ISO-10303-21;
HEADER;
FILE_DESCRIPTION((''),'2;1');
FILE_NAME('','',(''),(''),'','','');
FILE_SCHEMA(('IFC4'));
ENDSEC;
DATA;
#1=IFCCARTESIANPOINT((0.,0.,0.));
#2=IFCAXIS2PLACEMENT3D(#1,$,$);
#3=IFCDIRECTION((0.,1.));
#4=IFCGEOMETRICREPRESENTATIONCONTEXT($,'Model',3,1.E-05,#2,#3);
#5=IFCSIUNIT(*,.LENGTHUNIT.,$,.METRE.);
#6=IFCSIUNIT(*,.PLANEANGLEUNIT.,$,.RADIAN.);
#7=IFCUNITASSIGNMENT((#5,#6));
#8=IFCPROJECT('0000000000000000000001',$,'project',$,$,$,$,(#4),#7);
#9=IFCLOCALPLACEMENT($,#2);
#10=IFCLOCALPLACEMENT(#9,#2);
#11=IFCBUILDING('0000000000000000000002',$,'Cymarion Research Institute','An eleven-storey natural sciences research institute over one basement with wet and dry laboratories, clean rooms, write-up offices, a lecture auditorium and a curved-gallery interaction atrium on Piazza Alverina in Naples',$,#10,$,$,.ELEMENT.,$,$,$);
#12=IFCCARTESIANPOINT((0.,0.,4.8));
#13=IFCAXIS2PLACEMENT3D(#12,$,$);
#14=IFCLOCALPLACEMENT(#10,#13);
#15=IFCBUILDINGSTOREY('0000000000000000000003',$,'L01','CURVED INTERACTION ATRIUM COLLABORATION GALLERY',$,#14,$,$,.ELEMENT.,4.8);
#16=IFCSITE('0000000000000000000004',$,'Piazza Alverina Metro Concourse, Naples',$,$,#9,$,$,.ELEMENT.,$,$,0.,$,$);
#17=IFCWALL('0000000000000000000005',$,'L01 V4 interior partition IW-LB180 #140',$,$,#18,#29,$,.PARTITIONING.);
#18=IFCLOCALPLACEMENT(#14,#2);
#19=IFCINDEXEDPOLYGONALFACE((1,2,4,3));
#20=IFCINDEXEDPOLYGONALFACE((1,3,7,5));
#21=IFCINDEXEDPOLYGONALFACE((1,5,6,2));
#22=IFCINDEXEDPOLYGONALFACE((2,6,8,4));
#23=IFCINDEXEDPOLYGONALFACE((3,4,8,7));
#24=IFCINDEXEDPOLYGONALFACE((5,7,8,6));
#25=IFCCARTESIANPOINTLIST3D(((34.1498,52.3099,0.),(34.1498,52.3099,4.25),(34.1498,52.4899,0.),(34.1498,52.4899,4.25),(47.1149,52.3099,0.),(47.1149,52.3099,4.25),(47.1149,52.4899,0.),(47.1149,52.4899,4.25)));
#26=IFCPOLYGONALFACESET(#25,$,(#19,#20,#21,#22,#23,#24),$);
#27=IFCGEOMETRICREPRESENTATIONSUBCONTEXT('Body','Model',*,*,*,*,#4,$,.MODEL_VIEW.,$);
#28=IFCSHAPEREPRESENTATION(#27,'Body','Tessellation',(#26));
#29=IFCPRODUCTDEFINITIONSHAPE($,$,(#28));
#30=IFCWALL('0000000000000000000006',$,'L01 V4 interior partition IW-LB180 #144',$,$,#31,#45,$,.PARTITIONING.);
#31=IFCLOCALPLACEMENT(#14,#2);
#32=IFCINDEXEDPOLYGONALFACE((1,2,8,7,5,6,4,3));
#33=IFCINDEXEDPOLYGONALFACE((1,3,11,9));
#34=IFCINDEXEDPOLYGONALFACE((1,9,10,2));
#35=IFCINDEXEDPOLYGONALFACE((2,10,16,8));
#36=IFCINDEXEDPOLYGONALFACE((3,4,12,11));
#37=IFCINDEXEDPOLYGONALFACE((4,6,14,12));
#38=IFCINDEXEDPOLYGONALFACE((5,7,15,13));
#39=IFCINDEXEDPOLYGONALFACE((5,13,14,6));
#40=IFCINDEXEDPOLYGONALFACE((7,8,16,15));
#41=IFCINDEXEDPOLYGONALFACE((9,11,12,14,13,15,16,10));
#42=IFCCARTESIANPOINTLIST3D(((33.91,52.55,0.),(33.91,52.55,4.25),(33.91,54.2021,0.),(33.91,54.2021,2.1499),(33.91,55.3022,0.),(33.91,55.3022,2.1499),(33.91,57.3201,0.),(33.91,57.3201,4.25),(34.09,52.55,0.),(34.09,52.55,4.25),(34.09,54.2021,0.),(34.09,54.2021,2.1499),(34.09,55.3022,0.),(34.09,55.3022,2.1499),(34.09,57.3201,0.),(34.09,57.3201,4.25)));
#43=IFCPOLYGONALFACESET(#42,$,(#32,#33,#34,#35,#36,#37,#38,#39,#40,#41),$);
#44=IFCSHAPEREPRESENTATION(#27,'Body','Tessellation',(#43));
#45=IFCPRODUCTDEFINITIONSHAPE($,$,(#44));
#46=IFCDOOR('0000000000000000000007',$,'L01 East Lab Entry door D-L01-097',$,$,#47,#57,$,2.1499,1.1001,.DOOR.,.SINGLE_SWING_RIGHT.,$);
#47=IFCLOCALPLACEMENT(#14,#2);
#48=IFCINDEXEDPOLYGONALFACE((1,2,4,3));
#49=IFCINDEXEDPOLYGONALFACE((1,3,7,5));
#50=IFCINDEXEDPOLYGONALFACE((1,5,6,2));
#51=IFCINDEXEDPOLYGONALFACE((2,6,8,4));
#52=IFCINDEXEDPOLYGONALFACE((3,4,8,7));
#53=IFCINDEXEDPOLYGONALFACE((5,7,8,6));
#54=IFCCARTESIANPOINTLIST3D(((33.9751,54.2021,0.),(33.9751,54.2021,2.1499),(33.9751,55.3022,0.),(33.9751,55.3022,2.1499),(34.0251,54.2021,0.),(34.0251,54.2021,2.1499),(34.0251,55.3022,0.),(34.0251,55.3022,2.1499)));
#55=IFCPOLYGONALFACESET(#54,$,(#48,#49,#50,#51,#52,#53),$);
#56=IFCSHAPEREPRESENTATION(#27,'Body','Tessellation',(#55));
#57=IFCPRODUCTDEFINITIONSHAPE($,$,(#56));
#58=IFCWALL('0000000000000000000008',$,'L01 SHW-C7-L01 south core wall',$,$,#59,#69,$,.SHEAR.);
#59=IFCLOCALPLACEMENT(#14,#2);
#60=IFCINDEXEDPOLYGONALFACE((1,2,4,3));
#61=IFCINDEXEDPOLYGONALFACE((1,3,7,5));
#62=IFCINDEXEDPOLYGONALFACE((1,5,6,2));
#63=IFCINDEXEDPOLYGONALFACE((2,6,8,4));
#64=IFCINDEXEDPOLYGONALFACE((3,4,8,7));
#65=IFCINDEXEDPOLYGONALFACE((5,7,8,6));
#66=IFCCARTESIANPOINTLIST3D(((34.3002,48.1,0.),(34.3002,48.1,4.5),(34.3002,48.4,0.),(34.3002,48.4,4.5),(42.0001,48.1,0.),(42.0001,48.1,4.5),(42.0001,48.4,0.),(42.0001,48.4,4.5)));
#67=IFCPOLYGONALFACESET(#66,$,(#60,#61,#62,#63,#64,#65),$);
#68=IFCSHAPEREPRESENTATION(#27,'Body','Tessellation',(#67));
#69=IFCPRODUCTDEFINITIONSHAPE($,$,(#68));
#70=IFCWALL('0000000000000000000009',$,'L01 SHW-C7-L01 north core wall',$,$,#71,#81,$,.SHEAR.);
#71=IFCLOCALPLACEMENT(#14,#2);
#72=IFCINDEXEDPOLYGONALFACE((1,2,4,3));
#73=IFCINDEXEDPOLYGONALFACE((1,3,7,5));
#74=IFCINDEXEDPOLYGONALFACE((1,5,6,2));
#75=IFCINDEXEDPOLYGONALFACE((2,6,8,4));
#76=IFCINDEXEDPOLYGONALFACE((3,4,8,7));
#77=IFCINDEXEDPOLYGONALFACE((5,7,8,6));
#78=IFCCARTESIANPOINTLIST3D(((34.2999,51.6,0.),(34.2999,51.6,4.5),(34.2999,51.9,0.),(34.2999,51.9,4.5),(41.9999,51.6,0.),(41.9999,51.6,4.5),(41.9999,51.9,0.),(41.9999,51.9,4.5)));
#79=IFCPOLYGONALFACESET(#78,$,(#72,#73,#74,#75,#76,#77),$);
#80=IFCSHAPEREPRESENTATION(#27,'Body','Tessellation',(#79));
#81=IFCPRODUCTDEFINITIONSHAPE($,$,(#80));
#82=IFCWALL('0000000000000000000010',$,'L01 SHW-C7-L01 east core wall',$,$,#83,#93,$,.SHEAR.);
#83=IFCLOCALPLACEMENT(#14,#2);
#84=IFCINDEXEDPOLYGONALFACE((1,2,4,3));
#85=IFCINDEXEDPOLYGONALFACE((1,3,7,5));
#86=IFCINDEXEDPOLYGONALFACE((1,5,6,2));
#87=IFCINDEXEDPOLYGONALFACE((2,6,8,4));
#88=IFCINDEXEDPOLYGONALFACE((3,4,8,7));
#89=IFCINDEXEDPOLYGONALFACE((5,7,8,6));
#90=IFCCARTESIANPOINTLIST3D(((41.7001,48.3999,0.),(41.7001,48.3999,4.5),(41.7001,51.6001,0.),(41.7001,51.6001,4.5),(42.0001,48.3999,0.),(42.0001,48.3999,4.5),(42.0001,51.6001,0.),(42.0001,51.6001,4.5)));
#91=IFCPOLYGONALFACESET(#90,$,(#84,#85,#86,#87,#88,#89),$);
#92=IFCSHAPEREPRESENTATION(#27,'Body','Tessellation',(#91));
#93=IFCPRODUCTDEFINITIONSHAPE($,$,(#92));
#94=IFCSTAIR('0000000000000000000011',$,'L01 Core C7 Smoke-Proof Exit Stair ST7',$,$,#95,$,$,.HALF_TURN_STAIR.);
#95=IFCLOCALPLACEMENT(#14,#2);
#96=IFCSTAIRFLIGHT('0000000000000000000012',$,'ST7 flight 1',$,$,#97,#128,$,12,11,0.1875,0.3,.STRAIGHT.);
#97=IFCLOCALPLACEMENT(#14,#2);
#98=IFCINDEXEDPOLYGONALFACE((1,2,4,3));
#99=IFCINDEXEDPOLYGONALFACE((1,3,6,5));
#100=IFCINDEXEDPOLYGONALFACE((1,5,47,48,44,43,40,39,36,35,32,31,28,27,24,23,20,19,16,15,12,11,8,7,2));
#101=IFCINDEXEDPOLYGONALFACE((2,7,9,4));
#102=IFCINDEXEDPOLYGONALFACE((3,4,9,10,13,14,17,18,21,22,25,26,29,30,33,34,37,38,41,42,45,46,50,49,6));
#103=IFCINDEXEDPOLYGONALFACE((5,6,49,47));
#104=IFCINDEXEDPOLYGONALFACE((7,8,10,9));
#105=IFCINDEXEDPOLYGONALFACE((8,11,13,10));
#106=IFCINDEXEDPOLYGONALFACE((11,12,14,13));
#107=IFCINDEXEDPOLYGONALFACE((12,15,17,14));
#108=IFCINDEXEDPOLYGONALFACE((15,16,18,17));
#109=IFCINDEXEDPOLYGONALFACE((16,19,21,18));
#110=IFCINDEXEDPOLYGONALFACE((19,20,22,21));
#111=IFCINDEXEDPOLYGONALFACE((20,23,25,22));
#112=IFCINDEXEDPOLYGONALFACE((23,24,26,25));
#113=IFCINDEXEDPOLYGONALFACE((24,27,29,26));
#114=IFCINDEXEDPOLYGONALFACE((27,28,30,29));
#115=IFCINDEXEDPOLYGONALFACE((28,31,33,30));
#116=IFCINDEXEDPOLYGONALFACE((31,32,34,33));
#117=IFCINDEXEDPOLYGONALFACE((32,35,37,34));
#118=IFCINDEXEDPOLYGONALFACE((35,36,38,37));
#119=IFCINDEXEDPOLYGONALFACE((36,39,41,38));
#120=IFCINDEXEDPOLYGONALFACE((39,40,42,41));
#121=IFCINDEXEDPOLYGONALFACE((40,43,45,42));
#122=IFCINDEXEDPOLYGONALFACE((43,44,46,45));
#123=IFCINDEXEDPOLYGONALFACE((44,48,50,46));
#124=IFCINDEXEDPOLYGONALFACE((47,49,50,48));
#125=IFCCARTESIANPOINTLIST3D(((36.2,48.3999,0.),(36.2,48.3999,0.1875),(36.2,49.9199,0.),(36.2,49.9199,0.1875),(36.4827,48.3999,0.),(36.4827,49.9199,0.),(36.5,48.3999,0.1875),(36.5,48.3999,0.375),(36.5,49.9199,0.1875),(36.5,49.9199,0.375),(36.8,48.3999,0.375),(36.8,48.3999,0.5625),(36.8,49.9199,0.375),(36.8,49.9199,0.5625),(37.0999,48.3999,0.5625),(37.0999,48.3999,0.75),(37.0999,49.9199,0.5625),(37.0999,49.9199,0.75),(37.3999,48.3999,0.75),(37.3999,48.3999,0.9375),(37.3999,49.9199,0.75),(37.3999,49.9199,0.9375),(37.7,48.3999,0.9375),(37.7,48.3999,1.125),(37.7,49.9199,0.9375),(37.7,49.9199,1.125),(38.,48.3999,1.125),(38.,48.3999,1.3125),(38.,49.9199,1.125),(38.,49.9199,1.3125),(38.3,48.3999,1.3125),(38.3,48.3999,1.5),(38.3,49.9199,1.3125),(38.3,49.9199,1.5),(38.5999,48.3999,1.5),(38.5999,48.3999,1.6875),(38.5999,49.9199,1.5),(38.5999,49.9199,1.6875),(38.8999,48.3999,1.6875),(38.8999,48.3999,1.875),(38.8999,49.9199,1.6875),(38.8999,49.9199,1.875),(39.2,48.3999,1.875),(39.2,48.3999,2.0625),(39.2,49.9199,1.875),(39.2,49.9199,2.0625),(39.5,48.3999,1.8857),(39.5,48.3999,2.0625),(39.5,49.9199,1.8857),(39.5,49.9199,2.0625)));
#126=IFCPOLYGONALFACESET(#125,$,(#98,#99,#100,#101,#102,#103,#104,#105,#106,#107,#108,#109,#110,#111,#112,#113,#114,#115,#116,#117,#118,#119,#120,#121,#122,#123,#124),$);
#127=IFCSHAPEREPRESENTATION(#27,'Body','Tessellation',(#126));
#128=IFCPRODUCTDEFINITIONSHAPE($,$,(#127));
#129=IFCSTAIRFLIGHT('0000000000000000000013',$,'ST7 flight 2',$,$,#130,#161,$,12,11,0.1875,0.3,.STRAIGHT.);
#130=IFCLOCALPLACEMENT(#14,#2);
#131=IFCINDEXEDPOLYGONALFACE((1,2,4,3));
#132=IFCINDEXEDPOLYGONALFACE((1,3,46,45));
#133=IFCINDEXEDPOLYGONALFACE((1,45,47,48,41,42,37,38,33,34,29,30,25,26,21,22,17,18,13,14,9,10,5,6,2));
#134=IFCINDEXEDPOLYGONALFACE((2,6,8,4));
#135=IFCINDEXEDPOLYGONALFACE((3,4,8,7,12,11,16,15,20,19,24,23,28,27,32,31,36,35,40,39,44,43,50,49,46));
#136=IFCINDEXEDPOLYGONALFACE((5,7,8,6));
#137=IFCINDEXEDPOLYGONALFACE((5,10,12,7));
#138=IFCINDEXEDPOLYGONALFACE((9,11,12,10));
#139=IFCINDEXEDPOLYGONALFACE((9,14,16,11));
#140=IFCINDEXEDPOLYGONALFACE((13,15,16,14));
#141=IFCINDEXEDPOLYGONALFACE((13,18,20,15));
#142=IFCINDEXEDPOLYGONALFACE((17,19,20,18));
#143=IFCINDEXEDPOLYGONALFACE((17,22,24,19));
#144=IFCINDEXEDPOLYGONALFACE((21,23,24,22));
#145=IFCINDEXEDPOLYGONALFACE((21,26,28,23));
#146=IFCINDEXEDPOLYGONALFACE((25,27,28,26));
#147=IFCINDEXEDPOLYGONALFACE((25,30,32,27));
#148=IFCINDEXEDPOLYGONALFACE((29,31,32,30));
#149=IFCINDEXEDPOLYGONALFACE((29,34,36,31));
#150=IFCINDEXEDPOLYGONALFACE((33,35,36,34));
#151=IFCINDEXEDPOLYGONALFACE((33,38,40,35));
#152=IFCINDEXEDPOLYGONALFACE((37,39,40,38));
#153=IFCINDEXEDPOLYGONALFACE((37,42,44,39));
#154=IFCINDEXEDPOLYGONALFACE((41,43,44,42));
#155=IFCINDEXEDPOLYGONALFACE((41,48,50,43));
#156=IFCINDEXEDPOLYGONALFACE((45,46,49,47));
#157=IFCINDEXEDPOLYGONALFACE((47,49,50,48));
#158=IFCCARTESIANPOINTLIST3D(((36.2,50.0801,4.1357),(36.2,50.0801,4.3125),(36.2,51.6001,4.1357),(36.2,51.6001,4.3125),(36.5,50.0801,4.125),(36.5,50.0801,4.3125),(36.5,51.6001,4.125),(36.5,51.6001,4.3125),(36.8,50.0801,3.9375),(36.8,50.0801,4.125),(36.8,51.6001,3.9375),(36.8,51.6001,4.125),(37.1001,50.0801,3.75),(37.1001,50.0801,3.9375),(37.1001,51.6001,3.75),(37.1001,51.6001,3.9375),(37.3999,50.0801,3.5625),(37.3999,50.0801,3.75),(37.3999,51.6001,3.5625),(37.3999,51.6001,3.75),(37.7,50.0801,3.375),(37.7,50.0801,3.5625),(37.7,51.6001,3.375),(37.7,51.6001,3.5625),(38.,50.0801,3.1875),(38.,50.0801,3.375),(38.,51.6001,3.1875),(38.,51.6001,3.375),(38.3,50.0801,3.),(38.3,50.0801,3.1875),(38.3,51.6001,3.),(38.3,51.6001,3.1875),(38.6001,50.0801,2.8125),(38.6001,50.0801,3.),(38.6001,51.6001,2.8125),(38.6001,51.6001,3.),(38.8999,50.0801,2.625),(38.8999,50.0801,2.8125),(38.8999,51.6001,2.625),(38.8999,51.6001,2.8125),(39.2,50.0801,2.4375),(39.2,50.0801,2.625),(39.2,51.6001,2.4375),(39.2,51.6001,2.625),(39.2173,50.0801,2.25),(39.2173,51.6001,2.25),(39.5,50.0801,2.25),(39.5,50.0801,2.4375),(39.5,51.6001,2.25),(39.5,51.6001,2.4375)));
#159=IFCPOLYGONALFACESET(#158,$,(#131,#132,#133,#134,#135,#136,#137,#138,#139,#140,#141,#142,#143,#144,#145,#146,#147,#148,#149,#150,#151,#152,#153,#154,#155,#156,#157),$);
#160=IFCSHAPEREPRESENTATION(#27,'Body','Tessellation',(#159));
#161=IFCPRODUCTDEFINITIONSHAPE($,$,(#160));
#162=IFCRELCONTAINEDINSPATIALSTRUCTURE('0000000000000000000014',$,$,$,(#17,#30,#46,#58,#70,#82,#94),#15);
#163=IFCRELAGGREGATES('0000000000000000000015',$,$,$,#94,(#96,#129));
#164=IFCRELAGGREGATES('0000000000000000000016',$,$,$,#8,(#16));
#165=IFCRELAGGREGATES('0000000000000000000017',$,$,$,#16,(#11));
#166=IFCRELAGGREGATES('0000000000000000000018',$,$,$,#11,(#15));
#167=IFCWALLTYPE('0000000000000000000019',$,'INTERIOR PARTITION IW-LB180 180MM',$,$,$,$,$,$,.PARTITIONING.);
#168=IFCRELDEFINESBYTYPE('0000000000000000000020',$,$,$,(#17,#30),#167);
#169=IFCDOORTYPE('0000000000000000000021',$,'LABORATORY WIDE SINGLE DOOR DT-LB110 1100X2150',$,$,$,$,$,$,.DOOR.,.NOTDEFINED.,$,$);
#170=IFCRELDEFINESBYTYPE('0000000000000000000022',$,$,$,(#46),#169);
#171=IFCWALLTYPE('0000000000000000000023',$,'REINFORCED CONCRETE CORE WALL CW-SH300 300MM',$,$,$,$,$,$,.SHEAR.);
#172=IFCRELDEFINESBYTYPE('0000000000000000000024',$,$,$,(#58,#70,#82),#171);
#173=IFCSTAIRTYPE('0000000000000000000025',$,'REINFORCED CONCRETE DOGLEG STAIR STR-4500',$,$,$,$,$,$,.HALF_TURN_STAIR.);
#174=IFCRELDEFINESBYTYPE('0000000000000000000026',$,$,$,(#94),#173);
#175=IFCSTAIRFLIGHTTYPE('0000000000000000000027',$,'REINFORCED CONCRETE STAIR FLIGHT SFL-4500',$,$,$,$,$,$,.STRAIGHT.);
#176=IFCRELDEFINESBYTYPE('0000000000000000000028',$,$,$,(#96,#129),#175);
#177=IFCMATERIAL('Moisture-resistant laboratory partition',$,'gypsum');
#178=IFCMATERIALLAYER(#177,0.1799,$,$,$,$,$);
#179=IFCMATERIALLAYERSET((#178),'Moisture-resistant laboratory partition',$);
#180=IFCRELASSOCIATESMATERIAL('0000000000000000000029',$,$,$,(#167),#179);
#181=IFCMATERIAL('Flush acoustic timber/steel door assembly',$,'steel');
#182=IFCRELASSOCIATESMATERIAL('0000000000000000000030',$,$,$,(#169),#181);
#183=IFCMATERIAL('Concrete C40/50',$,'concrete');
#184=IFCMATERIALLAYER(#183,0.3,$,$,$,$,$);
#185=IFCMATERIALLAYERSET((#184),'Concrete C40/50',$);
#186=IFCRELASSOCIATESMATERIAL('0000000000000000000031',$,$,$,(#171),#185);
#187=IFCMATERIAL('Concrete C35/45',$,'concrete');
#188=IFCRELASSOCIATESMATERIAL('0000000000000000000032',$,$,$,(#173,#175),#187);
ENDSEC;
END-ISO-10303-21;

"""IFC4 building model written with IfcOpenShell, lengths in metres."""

from ifc_helpers import new_model, si_unit, direction, frame, frame_2d, origin, place, context, subcontext, project, spatial, polyline, rectangle, outline, extrude, material, layer, layer_set, type_object, element, fill, aggregate, save


model = new_model("IFC4")

# Units and contexts
model_context = context("Model", 3, precision=1e-05, world=origin(), true_north=direction((0.0, 1.0)))
body_context = subcontext(model_context, "Body", "Model", "MODEL_VIEW")
ifc_project = project(units=[si_unit("LENGTHUNIT", "METRE"), si_unit("PLANEANGLEUNIT", "RADIAN")], contexts=[model_context])

# Site, building, storey
site_placement = place(None, origin())
site = spatial("IfcSite", under=ifc_project, at=site_placement, Name="Piazza Alverina Metro Concourse, Naples", CompositionType="ELEMENT", RefElevation=0.0)
building_placement = place(site_placement, origin())
building = spatial("IfcBuilding", under=site, at=building_placement, Name="Cymarion Research Institute", Description="An eleven-storey natural sciences research institute over one basement with wet and dry laboratories, clean rooms, write-up offices, a lecture auditorium and a curved-gallery interaction atrium on Piazza Alverina in Naples", CompositionType="ELEMENT")
storey_placement = place(building_placement, frame((0.0, 0.0, 4.8)))
storey = spatial("IfcBuildingStorey", under=building, at=storey_placement, Name="L01", Description="CURVED INTERACTION ATRIUM COLLABORATION GALLERY", CompositionType="ELEMENT", Elevation=4.8)

# Wall
ifc_material_1 = material(Name="Moisture-resistant laboratory partition", Category="gypsum")
ifc_layer_1 = layer(ifc_material_1, 0.1799)
ifc_layer_set_1 = layer_set([ifc_layer_1], Name="Moisture-resistant laboratory partition")
wall_type_1 = type_object("IfcWallType", Name="INTERIOR PARTITION IW-LB180 180MM", PredefinedType="PARTITIONING", material=ifc_layer_set_1)
wall_1_placement = place(storey_placement, frame((34.1499, 52.3999, 0.0), z_axis=(0.0, 0.0, 1.0), x_axis=(1.0, 0.0, 0.0)))
element("IfcWall", 1, at=wall_1_placement, inside=storey, type_object=wall_type_1, Name="L01 V4 interior partition IW-LB180 #140", PredefinedType="PARTITIONING", context=body_context, shape_type="SweptSolid", body=[
    extrude(rectangle(XDim=12.9651, YDim=0.1799, at=frame_2d((6.4824, 0.0))), origin(), (0.0, 0.0, 1.0), 4.25),
])

# Wall, opening, door
wall_2_placement = place(storey_placement, frame((34.0, 52.55, 0.0), z_axis=(0.0, 0.0, 1.0), x_axis=(0.0, 1.0, 0.0)))
wall_2 = element("IfcWall", 2, at=wall_2_placement, inside=storey, type_object=wall_type_1, Name="L01 V4 interior partition IW-LB180 #144", PredefinedType="PARTITIONING", context=body_context, shape_type="SweptSolid", body=[
    extrude(rectangle(XDim=4.77, YDim=0.1799, at=frame_2d((2.385, 0.0))), origin(), (0.0, 0.0, 1.0), 4.25),
])
opening_1_placement = place(wall_2_placement, frame((1.6521, 0.0, 0.0)))
opening_1 = element("IfcOpeningElement", 3, at=opening_1_placement, cuts=wall_2, PredefinedType="OPENING", context=body_context, shape_type="SweptSolid", body=[
    extrude(rectangle(XDim=1.1001, YDim=2.1499, at=frame_2d((0.55, 1.075))), frame((0.0, 0.0999, 0.0), z_axis=(0.0, -1.0, 0.0), x_axis=(1.0, 0.0, 0.0)), (0.0, 0.0, 1.0), 0.2),
])
ifc_material_2 = material(Name="Flush acoustic timber/steel door assembly", Category="steel")
door_type_1 = type_object("IfcDoorType", Name="LABORATORY WIDE SINGLE DOOR DT-LB110 1100X2150", OperationType="NOTDEFINED", PredefinedType="DOOR", material=ifc_material_2)
door_1_placement = place(opening_1_placement, origin())
door_1 = element("IfcDoor", 4, at=door_1_placement, inside=storey, type_object=door_type_1, Name="L01 East Lab Entry door D-L01-097", OperationType="SINGLE_SWING_RIGHT", OverallHeight=2.1499, OverallWidth=1.1001, PredefinedType="DOOR", context=body_context, shape_type="SweptSolid", body=[
    extrude(rectangle(XDim=1.1001, YDim=2.1499, at=frame_2d((0.55, 1.075))), frame((0.0, 0.0249, 0.0), z_axis=(0.0, -1.0, 0.0), x_axis=(1.0, 0.0, 0.0)), (0.0, 0.0, 1.0), 0.05),
])
fill(opening_1, door_1)

# Walls
ifc_material_3 = material(Name="Concrete C40/50", Category="concrete")
ifc_layer_2 = layer(ifc_material_3, 0.3)
ifc_layer_set_2 = layer_set([ifc_layer_2], Name="Concrete C40/50")
wall_type_2 = type_object("IfcWallType", Name="REINFORCED CONCRETE CORE WALL CW-SH300 300MM", PredefinedType="SHEAR", material=ifc_layer_set_2)
for number, where, z_axis, x_axis, name in (
    (5, (34.3, 48.25, 0.0), (0.0, 0.0, 1.0), (1.0, 0.0, 0.0), "L01 SHW-C7-L01 south core wall"),
    (6, (42.0, 51.75, 0.0), (0.0, 0.0, 1.0), (-1.0, 0.0, 0.0), "L01 SHW-C7-L01 north core wall"),
):
    element("IfcWall", number, at=place(storey_placement, frame(where, z_axis=z_axis, x_axis=x_axis)), inside=storey, type_object=wall_type_2, Name=name, PredefinedType="SHEAR", context=body_context, shape_type="SweptSolid", body=[
        extrude(rectangle(XDim=7.7, YDim=0.3, at=frame_2d((3.8501, 0.0))), origin(), (0.0, 0.0, 1.0), 4.5),
    ])

# Wall
wall_3_placement = place(storey_placement, frame((41.8501, 48.3999, 0.0), z_axis=(0.0, 0.0, 1.0), x_axis=(0.0, 1.0, 0.0)))
element("IfcWall", 7, at=wall_3_placement, inside=storey, type_object=wall_type_2, Name="L01 SHW-C7-L01 east core wall", PredefinedType="SHEAR", context=body_context, shape_type="SweptSolid", body=[
    extrude(rectangle(XDim=3.2002, YDim=0.3, at=frame_2d((1.6001, 0.0))), origin(), (0.0, 0.0, 1.0), 4.5),
])

# Stair, stair flights
ifc_material_4 = material(Name="Concrete C35/45", Category="concrete")
stair_type = type_object("IfcStairType", Name="REINFORCED CONCRETE DOGLEG STAIR STR-4500", PredefinedType="HALF_TURN_STAIR", material=ifc_material_4)
stair_placement = place(storey_placement, origin())
stair = element("IfcStair", 8, at=stair_placement, inside=storey, type_object=stair_type, Name="L01 Core C7 Smoke-Proof Exit Stair ST7", PredefinedType="HALF_TURN_STAIR")
stair_flight_type = type_object("IfcStairFlightType", Name="REINFORCED CONCRETE STAIR FLIGHT SFL-4500", PredefinedType="STRAIGHT", material=ifc_material_4)
stair_flight_1_placement = place(storey_placement, frame((36.2, 49.1599, 0.0), z_axis=(0.0, 0.0, 1.0), x_axis=(1.0, 0.0, 0.0)))
stair_flight_1 = element("IfcStairFlight", 9, at=stair_flight_1_placement, type_object=stair_flight_type, Name="ST7 flight 1", NumberOfRisers=12, NumberOfTreads=11, PredefinedType="STRAIGHT", RiserHeight=0.1875, TreadLength=0.3, context=body_context, shape_type="SweptSolid", body=[
    extrude(outline(polyline([(0.0, 0.0), (0.0, 0.1875), (0.3, 0.1875), (0.3, 0.375), (0.6001, 0.375), (0.6001, 0.5625), (0.8999, 0.5625), (0.8999, 0.75), (1.2, 0.75), (1.2, 0.9375), (1.5, 0.9375), (1.5, 1.125), (1.8, 1.125), (1.8, 1.3125), (2.1001, 1.3125), (2.1001, 1.5), (2.3999, 1.5), (2.3999, 1.6875), (2.7, 1.6875), (2.7, 1.875), (3.0, 1.875), (3.0, 2.0625), (3.3, 2.0625), (3.3, 2.25), (3.3, 1.8857), (0.2827, 0.0), (0.0, 0.0)])), frame((0.0, 0.76, 0.0), z_axis=(0.0, -1.0, 0.0), x_axis=(1.0, 0.0, 0.0)), (0.0, 0.0, 1.0), 1.52),
])
stair_flight_2_placement = place(storey_placement, frame((39.5, 50.8401, 2.25), z_axis=(0.0, 0.0, 1.0), x_axis=(-1.0, 0.0, 0.0)))
stair_flight_2 = element("IfcStairFlight", 10, at=stair_flight_2_placement, type_object=stair_flight_type, Name="ST7 flight 2", NumberOfRisers=12, NumberOfTreads=11, PredefinedType="STRAIGHT", RiserHeight=0.1875, TreadLength=0.3, context=body_context, shape_type="SweptSolid", body=[
    extrude(outline(polyline([(0.0, 0.0), (0.0, 0.1875), (0.3, 0.1875), (0.3, 0.375), (0.6001, 0.375), (0.6001, 0.5625), (0.8999, 0.5625), (0.8999, 0.75), (1.2, 0.75), (1.2, 0.9375), (1.5, 0.9375), (1.5, 1.125), (1.8, 1.125), (1.8, 1.3125), (2.1001, 1.3125), (2.1001, 1.5), (2.3999, 1.5), (2.3999, 1.6875), (2.7, 1.6875), (2.7, 1.875), (3.0, 1.875), (3.0, 2.0625), (3.3, 2.0625), (3.3, 2.25), (3.3, 1.8857), (0.2827, 0.0), (0.0, 0.0)])), frame((0.0, 0.76, 0.0), z_axis=(0.0, -1.0, 0.0), x_axis=(1.0, 0.0, 0.0)), (0.0, 0.0, 1.0), 1.52),
])
aggregate(stair, [stair_flight_1, stair_flight_2])

save(model, "model.ifc")
